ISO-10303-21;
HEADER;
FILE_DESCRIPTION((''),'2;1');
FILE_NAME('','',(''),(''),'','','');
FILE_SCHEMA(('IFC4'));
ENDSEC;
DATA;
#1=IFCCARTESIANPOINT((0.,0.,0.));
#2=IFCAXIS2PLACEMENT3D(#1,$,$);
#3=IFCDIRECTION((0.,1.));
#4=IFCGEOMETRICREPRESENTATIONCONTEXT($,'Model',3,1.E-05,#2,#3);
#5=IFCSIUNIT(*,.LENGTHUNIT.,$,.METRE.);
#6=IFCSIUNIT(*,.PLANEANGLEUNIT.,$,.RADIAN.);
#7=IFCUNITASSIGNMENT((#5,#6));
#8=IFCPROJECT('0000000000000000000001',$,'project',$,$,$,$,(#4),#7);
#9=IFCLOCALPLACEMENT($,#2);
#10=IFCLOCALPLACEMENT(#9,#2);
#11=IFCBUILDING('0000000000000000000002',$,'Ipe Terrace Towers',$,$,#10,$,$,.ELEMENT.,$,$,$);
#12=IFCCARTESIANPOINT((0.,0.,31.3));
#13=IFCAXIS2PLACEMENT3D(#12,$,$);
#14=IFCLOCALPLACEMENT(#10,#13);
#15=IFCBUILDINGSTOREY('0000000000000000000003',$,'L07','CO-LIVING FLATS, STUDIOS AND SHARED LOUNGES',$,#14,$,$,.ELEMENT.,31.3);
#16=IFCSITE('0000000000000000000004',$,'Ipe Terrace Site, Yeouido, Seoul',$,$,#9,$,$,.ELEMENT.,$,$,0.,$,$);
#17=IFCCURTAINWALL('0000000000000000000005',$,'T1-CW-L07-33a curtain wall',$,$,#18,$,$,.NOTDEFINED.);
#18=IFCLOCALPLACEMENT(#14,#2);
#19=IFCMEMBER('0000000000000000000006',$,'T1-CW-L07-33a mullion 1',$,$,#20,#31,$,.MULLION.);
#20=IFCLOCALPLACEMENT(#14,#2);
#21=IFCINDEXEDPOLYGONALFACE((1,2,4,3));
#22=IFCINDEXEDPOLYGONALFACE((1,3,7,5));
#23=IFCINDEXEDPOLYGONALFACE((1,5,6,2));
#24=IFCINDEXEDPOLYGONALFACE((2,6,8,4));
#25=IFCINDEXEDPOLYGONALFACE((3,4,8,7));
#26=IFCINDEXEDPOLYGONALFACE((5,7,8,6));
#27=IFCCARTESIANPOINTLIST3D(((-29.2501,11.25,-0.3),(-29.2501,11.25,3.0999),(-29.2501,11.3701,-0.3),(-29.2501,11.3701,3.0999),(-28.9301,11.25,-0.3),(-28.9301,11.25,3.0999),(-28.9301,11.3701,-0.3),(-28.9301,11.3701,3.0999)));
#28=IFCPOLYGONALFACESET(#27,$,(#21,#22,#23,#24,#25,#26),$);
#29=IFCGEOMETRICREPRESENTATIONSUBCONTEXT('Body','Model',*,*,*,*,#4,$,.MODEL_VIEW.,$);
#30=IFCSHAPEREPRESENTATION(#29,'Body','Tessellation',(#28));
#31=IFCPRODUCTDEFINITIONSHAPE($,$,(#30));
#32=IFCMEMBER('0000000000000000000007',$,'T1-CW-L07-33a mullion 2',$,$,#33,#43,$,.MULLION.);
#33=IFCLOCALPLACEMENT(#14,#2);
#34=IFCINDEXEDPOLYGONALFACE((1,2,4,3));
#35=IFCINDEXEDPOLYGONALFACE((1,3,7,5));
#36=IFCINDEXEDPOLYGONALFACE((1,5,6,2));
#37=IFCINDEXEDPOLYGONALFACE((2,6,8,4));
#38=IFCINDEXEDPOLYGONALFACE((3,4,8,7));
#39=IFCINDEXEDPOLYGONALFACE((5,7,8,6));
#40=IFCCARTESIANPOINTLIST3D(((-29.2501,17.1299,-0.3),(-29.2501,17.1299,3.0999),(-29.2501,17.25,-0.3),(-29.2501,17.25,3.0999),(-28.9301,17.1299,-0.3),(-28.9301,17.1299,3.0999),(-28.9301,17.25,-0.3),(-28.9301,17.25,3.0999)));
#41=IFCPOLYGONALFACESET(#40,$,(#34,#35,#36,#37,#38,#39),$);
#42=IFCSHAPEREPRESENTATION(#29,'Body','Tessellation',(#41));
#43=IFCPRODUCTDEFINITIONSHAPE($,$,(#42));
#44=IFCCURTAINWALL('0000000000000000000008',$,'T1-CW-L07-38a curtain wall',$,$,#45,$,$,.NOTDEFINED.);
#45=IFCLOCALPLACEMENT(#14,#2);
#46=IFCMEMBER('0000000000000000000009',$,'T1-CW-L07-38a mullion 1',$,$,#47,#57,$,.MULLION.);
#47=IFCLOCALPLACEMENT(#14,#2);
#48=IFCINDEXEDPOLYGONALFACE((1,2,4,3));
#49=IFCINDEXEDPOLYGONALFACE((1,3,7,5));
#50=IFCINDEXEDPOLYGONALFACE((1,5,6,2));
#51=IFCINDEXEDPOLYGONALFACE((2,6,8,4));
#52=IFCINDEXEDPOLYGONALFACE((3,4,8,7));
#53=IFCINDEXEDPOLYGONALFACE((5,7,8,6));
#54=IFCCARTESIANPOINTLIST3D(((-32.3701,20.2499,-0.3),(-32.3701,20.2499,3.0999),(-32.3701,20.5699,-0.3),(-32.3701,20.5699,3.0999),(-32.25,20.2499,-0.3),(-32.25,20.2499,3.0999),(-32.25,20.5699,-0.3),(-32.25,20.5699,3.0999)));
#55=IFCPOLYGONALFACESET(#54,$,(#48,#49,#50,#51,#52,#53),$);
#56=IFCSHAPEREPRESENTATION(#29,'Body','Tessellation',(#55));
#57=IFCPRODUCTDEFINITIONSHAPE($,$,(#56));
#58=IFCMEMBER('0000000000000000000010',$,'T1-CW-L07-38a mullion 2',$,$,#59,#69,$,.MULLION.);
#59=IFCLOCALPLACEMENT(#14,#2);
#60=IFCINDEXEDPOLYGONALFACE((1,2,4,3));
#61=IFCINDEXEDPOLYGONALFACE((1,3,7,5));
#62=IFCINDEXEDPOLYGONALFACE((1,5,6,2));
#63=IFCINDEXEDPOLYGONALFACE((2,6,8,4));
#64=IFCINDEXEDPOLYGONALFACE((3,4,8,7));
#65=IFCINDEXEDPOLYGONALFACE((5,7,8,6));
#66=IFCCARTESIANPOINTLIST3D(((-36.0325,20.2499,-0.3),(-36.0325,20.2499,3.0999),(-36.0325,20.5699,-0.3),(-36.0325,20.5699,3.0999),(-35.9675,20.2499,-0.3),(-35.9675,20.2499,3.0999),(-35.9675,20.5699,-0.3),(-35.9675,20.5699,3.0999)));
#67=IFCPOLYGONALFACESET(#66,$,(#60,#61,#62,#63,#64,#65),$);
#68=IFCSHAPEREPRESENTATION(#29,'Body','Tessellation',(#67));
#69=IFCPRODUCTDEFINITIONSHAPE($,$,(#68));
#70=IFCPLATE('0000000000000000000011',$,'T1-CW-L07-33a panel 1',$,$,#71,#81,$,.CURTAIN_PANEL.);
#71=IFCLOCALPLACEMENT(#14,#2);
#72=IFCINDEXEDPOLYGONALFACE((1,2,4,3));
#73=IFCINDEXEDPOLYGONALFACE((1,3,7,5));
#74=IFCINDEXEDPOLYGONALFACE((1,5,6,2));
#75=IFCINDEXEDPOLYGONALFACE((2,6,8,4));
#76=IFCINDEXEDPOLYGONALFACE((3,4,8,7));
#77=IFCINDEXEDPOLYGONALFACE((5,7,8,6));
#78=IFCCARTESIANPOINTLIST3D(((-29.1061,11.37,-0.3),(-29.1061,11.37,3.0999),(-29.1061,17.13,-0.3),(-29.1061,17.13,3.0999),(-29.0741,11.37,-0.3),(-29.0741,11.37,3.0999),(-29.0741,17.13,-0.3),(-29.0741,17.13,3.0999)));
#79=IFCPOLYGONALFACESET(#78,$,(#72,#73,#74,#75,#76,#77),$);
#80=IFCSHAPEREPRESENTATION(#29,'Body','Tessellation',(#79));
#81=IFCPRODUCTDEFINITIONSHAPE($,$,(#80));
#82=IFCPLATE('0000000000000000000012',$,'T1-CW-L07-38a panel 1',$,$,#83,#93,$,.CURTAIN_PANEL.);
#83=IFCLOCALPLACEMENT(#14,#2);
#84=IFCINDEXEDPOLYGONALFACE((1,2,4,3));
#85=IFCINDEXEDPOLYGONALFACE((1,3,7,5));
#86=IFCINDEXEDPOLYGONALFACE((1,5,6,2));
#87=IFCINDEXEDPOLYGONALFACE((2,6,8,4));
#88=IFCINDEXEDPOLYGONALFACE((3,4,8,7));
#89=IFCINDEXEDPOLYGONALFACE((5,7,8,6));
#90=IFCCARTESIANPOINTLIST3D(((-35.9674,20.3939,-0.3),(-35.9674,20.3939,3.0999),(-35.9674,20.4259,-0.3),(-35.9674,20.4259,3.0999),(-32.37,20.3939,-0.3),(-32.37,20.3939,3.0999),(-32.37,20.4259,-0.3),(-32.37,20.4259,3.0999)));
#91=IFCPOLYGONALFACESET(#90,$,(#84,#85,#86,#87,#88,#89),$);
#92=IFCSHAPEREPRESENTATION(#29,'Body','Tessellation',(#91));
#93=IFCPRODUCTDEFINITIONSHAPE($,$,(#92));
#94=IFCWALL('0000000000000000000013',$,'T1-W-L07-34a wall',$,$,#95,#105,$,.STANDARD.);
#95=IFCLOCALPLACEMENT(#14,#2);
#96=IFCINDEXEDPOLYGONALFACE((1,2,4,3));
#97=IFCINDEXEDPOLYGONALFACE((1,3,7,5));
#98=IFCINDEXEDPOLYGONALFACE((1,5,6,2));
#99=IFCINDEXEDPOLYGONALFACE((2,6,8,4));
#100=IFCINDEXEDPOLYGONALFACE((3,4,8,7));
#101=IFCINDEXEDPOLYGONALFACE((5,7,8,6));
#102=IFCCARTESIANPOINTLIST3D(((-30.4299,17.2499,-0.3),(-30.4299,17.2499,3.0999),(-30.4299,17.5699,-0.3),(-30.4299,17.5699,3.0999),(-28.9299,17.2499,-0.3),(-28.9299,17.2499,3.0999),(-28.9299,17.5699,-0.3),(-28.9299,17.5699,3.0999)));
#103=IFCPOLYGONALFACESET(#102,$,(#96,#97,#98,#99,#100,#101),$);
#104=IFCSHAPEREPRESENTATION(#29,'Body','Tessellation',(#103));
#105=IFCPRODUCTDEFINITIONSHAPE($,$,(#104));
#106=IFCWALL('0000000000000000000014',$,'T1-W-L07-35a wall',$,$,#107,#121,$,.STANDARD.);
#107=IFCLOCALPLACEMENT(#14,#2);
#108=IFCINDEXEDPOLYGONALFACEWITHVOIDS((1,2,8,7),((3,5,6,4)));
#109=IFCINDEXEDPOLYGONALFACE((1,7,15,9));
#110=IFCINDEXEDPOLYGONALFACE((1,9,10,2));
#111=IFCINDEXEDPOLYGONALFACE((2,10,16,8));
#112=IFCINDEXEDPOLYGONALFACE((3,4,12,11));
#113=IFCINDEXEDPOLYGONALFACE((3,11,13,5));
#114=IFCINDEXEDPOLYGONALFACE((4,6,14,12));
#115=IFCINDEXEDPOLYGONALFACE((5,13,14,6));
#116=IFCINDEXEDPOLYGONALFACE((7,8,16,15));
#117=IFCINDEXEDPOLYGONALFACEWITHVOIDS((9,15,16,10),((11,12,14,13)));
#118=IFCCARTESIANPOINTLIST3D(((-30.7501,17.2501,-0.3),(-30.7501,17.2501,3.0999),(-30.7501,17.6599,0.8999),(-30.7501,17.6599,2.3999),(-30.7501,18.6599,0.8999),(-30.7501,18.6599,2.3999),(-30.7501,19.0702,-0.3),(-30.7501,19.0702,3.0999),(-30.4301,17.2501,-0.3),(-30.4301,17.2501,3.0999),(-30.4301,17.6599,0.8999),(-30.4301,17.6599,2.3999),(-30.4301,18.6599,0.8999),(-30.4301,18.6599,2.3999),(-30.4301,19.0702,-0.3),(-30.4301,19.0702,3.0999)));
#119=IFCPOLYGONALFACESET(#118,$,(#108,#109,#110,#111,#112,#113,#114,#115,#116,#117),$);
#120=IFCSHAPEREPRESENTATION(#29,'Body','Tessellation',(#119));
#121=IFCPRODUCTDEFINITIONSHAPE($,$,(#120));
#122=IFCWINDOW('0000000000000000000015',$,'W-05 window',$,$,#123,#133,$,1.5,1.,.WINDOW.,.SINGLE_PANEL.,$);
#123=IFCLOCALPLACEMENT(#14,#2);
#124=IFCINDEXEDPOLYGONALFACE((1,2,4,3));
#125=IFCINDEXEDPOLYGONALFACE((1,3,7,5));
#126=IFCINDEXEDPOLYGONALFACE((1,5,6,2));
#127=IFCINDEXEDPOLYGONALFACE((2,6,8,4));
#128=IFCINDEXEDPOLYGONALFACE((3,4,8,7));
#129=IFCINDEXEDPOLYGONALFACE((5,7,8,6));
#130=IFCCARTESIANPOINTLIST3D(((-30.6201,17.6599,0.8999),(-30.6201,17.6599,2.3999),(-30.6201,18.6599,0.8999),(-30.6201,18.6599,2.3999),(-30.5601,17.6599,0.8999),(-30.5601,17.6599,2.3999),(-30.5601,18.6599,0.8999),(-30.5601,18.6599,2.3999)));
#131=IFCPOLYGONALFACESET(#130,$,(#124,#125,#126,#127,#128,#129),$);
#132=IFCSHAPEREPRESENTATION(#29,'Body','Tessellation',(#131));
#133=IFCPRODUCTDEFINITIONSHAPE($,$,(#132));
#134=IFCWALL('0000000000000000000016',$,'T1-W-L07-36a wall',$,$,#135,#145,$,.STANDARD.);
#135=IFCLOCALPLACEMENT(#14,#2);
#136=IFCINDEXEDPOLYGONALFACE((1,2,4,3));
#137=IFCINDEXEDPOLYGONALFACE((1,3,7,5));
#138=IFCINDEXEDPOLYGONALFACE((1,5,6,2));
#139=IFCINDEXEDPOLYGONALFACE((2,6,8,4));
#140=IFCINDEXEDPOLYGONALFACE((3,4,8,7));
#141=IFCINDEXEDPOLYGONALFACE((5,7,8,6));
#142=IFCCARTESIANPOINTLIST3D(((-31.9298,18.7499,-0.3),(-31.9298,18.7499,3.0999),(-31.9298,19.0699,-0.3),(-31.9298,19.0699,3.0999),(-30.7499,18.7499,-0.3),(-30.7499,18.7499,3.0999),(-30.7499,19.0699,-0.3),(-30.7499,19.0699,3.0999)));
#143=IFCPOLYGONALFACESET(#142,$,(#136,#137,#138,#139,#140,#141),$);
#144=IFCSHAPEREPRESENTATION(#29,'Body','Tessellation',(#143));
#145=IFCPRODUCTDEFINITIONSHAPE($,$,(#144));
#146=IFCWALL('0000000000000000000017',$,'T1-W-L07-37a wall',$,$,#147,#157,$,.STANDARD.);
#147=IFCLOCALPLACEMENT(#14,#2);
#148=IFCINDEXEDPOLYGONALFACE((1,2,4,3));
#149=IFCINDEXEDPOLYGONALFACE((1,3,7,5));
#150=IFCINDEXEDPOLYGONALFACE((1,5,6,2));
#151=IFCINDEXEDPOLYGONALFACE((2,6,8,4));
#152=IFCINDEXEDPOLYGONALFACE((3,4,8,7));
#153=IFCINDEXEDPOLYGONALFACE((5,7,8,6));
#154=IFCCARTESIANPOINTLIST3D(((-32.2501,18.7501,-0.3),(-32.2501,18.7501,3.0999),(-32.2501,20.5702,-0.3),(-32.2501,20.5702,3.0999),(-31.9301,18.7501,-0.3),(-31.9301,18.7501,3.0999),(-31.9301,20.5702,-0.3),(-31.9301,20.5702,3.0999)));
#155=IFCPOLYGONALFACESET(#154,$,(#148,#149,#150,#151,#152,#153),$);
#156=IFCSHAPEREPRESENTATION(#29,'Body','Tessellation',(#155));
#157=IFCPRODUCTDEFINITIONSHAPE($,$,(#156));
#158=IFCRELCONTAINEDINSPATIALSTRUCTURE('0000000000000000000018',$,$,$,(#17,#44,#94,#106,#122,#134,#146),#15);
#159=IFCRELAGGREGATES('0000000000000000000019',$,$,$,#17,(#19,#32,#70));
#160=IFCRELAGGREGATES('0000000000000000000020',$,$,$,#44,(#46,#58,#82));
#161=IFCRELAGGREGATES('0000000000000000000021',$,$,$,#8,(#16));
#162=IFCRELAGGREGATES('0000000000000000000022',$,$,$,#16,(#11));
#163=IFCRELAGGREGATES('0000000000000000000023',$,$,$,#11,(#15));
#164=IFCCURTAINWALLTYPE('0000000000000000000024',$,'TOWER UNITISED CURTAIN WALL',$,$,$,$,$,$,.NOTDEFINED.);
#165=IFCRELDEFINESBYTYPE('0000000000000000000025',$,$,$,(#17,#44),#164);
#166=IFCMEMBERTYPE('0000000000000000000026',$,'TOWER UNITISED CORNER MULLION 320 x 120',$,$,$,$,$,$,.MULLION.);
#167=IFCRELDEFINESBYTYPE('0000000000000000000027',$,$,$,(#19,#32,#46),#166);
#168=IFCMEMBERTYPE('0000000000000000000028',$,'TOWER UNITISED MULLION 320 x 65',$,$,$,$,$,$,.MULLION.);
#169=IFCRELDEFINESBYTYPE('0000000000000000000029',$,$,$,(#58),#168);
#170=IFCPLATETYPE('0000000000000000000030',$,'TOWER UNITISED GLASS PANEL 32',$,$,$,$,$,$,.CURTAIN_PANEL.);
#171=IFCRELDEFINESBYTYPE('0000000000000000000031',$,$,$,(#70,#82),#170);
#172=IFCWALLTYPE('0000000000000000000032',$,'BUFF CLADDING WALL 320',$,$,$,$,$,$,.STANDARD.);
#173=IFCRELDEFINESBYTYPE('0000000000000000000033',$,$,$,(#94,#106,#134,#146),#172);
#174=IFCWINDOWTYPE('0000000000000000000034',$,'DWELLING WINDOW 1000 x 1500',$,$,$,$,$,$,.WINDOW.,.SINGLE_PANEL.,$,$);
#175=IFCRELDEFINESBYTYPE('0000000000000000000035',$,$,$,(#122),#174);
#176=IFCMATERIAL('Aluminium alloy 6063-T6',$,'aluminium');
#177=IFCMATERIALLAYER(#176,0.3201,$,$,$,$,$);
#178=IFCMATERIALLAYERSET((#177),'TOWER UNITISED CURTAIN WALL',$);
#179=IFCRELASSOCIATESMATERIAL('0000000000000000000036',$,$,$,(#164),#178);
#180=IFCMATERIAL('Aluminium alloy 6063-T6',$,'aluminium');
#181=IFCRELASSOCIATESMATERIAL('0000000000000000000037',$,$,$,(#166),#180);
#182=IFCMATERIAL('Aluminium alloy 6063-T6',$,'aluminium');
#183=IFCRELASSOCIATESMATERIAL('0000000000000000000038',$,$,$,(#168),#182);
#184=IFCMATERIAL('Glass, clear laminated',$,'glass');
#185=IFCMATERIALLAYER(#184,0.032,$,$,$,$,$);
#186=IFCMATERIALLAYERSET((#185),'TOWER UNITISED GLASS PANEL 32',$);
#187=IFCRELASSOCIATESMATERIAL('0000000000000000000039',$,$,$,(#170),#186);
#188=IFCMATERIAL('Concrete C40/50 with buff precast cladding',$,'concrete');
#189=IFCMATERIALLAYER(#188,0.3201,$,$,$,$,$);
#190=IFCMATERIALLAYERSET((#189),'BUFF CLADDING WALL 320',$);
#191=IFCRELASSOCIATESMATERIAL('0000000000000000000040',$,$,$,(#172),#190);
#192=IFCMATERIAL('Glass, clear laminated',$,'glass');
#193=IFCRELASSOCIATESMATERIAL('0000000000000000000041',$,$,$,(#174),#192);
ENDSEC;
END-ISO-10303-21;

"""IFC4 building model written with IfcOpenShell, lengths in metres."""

from ifc_helpers import new_model, si_unit, direction, frame, frame_2d, origin, origin_2d, place, context, subcontext, project, spatial, rectangle, extrude, material, layer, layer_set, material_profile, profile_set, type_object, element, fill, aggregate, save


model = new_model("IFC4")

# Units and contexts
model_context = context("Model", 3, precision=1e-05, world=origin(), true_north=direction((0.0, 1.0)))
body_context = subcontext(model_context, "Body", "Model", "MODEL_VIEW")
ifc_project = project(units=[si_unit("LENGTHUNIT", "METRE"), si_unit("PLANEANGLEUNIT", "RADIAN")], contexts=[model_context])

# Site, building, storey
site_placement = place(None, origin())
site = spatial("IfcSite", under=ifc_project, at=site_placement, Name="Ipe Terrace Site, Yeouido, Seoul", CompositionType="ELEMENT", RefElevation=0.0)
building_placement = place(site_placement, origin())
building = spatial("IfcBuilding", under=site, at=building_placement, Name="Ipe Terrace Towers", CompositionType="ELEMENT")
storey_placement = place(building_placement, frame((0.0, 0.0, 31.3)))
storey = spatial("IfcBuildingStorey", under=building, at=storey_placement, Name="L07", Description="CO-LIVING FLATS, STUDIOS AND SHARED LOUNGES", CompositionType="ELEMENT", Elevation=31.3)

# Curtain walls, members
ifc_material_1 = material(Name="Aluminium alloy 6063-T6", Category="aluminium")
ifc_layer_1 = layer(ifc_material_1, 0.3201)
ifc_layer_set_1 = layer_set([ifc_layer_1], Name="TOWER UNITISED CURTAIN WALL")
curtain_wall_type = type_object("IfcCurtainWallType", Name="TOWER UNITISED CURTAIN WALL", PredefinedType="NOTDEFINED", material=ifc_layer_set_1)
curtain_wall_1_placement = place(storey_placement, origin())
curtain_wall_1 = element("IfcCurtainWall", 1, at=curtain_wall_1_placement, inside=storey, type_object=curtain_wall_type, Name="T1-CW-L07-33a curtain wall", PredefinedType="NOTDEFINED")
ifc_material_2 = material(Name="Aluminium alloy 6063-T6", Category="aluminium")
ifc_material_profile_1 = material_profile(ifc_material_2, rectangle(XDim=0.3201, YDim=0.1201, at=origin_2d()), Name="TOWER UNITISED CORNER MULLION 320 x 120")
ifc_profile_set_1 = profile_set([ifc_material_profile_1], Name="Aluminium alloy 6063-T6")
member_type_1 = type_object("IfcMemberType", Name="TOWER UNITISED CORNER MULLION 320 x 120", PredefinedType="MULLION", material=ifc_profile_set_1)
member_1_placement = place(storey_placement, frame((-29.0901, 11.3101, -0.3), z_axis=(0.0, 0.0, 1.0), x_axis=(1.0, 0.0, 0.0)))
member_1 = element("IfcMember", 2, at=member_1_placement, type_object=member_type_1, Name="T1-CW-L07-33a mullion 1", PredefinedType="MULLION", context=body_context, shape_type="SweptSolid", body=[
    extrude(rectangle(XDim=0.3201, YDim=0.1201, at=origin_2d()), origin(), (0.0, 0.0, 1.0), 3.3999),
])
member_2_placement = place(storey_placement, frame((-29.0901, 17.1899, -0.3), z_axis=(0.0, 0.0, 1.0), x_axis=(1.0, 0.0, 0.0)))
member_2 = element("IfcMember", 3, at=member_2_placement, type_object=member_type_1, Name="T1-CW-L07-33a mullion 2", PredefinedType="MULLION", context=body_context, shape_type="SweptSolid", body=[
    extrude(rectangle(XDim=0.3201, YDim=0.1201, at=origin_2d()), origin(), (0.0, 0.0, 1.0), 3.3999),
])
curtain_wall_2_placement = place(storey_placement, origin())
curtain_wall_2 = element("IfcCurtainWall", 4, at=curtain_wall_2_placement, inside=storey, type_object=curtain_wall_type, Name="T1-CW-L07-38a curtain wall", PredefinedType="NOTDEFINED")
member_3_placement = place(storey_placement, frame((-32.3101, 20.4099, -0.3), z_axis=(0.0, 0.0, 1.0), x_axis=(0.0, 1.0, 0.0)))
member_3 = element("IfcMember", 5, at=member_3_placement, type_object=member_type_1, Name="T1-CW-L07-38a mullion 1", PredefinedType="MULLION", context=body_context, shape_type="SweptSolid", body=[
    extrude(rectangle(XDim=0.3201, YDim=0.1201, at=origin_2d()), origin(), (0.0, 0.0, 1.0), 3.3999),
])
ifc_material_3 = material(Name="Aluminium alloy 6063-T6", Category="aluminium")
ifc_material_profile_2 = material_profile(ifc_material_3, rectangle(XDim=0.3201, YDim=0.0649, at=origin_2d()), Name="TOWER UNITISED MULLION 320 x 65")
ifc_profile_set_2 = profile_set([ifc_material_profile_2], Name="Aluminium alloy 6063-T6")
member_type_2 = type_object("IfcMemberType", Name="TOWER UNITISED MULLION 320 x 65", PredefinedType="MULLION", material=ifc_profile_set_2)
member_4_placement = place(storey_placement, frame((-36.0, 20.4099, -0.3), z_axis=(0.0, 0.0, 1.0), x_axis=(0.0, 1.0, 0.0)))
member_4 = element("IfcMember", 6, at=member_4_placement, type_object=member_type_2, Name="T1-CW-L07-38a mullion 2", PredefinedType="MULLION", context=body_context, shape_type="SweptSolid", body=[
    extrude(rectangle(XDim=0.3201, YDim=0.0649, at=origin_2d()), origin(), (0.0, 0.0, 1.0), 3.3999),
])

# Plates
ifc_material_4 = material(Name="Glass, clear laminated", Category="glass")
ifc_layer_2 = layer(ifc_material_4, 0.032)
ifc_layer_set_2 = layer_set([ifc_layer_2], Name="TOWER UNITISED GLASS PANEL 32")
plate_type = type_object("IfcPlateType", Name="TOWER UNITISED GLASS PANEL 32", PredefinedType="CURTAIN_PANEL", material=ifc_layer_set_2)
plate_1_placement = place(storey_placement, frame((-29.0901, 14.25, -0.3), z_axis=(0.0, 0.0, 1.0), x_axis=(0.0, 1.0, 0.0)))
plate_1 = element("IfcPlate", 7, at=plate_1_placement, type_object=plate_type, Name="T1-CW-L07-33a panel 1", PredefinedType="CURTAIN_PANEL", context=body_context, shape_type="SweptSolid", body=[
    extrude(rectangle(XDim=5.76, YDim=0.032, at=origin_2d()), origin(), (0.0, 0.0, 1.0), 3.3999),
])
aggregate(curtain_wall_1, [member_1, member_2, plate_1])
plate_2_placement = place(storey_placement, frame((-34.1687, 20.4099, -0.3), z_axis=(0.0, 0.0, 1.0), x_axis=(-1.0, 0.0, 0.0)))
plate_2 = element("IfcPlate", 8, at=plate_2_placement, type_object=plate_type, Name="T1-CW-L07-38a panel 1", PredefinedType="CURTAIN_PANEL", context=body_context, shape_type="SweptSolid", body=[
    extrude(rectangle(XDim=3.5974, YDim=0.032, at=origin_2d()), origin(), (0.0, 0.0, 1.0), 3.3999),
])
aggregate(curtain_wall_2, [member_3, member_4, plate_2])

# Wall
ifc_material_5 = material(Name="Concrete C40/50 with buff precast cladding", Category="concrete")
ifc_layer_3 = layer(ifc_material_5, 0.3201)
ifc_layer_set_3 = layer_set([ifc_layer_3], Name="BUFF CLADDING WALL 320")
wall_type_1 = type_object("IfcWallType", Name="BUFF CLADDING WALL 320", PredefinedType="STANDARD", material=ifc_layer_set_3)
wall_1_placement = place(storey_placement, frame((-28.9299, 17.4099, -0.3), z_axis=(0.0, 0.0, 1.0), x_axis=(-1.0, 0.0, 0.0)))
element("IfcWall", 9, at=wall_1_placement, inside=storey, type_object=wall_type_1, Name="T1-W-L07-34a wall", PredefinedType="STANDARD", context=body_context, shape_type="SweptSolid", body=[
    extrude(rectangle(XDim=1.5, YDim=0.3201, at=frame_2d((0.75, 0.0))), origin(), (0.0, 0.0, 1.0), 3.3999),
])

# Wall, opening, window
wall_2_placement = place(storey_placement, frame((-30.5901, 17.25, -0.3), z_axis=(0.0, 0.0, 1.0), x_axis=(0.0, 1.0, 0.0)))
wall_2 = element("IfcWall", 10, at=wall_2_placement, inside=storey, type_object=wall_type_1, Name="T1-W-L07-35a wall", PredefinedType="STANDARD", context=body_context, shape_type="SweptSolid", body=[
    extrude(rectangle(XDim=1.8201, YDim=0.3201, at=frame_2d((0.9102, 0.0))), origin(), (0.0, 0.0, 1.0), 3.3999),
])
opening_1_placement = place(wall_2_placement, frame((0.4099, 0.0, 1.2)))
opening_1 = element("IfcOpeningElement", 11, at=opening_1_placement, cuts=wall_2, PredefinedType="OPENING", context=body_context, shape_type="SweptSolid", body=[
    extrude(rectangle(XDim=1.0, YDim=1.5, at=frame_2d((0.5, 0.75))), frame((0.0, 0.1699, 0.0), z_axis=(0.0, -1.0, 0.0), x_axis=(1.0, 0.0, 0.0)), (0.0, 0.0, 1.0), 0.3401),
])
ifc_material_6 = material(Name="Glass, clear laminated", Category="glass")
window_type = type_object("IfcWindowType", Name="DWELLING WINDOW 1000 x 1500", PartitioningType="SINGLE_PANEL", PredefinedType="WINDOW", material=ifc_material_6)
window_placement = place(opening_1_placement, origin())
window = element("IfcWindow", 12, at=window_placement, inside=storey, type_object=window_type, Name="W-05 window", OverallHeight=1.5, OverallWidth=1.0, PartitioningType="SINGLE_PANEL", PredefinedType="WINDOW", context=body_context, shape_type="SweptSolid", body=[
    extrude(rectangle(XDim=1.0, YDim=1.5, at=frame_2d((0.5, 0.75))), frame((0.0, 0.03, 0.0), z_axis=(0.0, -1.0, 0.0), x_axis=(1.0, 0.0, 0.0)), (0.0, 0.0, 1.0), 0.0601),
])
fill(opening_1, window)

# Walls
wall_3_placement = place(storey_placement, frame((-30.75, 18.9099, -0.3), z_axis=(0.0, 0.0, 1.0), x_axis=(-1.0, 0.0, 0.0)))
element("IfcWall", 13, at=wall_3_placement, inside=storey, type_object=wall_type_1, Name="T1-W-L07-36a wall", PredefinedType="STANDARD", context=body_context, shape_type="SweptSolid", body=[
    extrude(rectangle(XDim=1.1799, YDim=0.3201, at=frame_2d((0.5898, 0.0))), origin(), (0.0, 0.0, 1.0), 3.3999),
])
wall_4_placement = place(storey_placement, frame((-32.0901, 18.75, -0.3), z_axis=(0.0, 0.0, 1.0), x_axis=(0.0, 1.0, 0.0)))
element("IfcWall", 14, at=wall_4_placement, inside=storey, type_object=wall_type_1, Name="T1-W-L07-37a wall", PredefinedType="STANDARD", context=body_context, shape_type="SweptSolid", body=[
    extrude(rectangle(XDim=1.8201, YDim=0.3201, at=frame_2d((0.9102, 0.0))), origin(), (0.0, 0.0, 1.0), 3.3999),
])

save(model, "model.ifc")
